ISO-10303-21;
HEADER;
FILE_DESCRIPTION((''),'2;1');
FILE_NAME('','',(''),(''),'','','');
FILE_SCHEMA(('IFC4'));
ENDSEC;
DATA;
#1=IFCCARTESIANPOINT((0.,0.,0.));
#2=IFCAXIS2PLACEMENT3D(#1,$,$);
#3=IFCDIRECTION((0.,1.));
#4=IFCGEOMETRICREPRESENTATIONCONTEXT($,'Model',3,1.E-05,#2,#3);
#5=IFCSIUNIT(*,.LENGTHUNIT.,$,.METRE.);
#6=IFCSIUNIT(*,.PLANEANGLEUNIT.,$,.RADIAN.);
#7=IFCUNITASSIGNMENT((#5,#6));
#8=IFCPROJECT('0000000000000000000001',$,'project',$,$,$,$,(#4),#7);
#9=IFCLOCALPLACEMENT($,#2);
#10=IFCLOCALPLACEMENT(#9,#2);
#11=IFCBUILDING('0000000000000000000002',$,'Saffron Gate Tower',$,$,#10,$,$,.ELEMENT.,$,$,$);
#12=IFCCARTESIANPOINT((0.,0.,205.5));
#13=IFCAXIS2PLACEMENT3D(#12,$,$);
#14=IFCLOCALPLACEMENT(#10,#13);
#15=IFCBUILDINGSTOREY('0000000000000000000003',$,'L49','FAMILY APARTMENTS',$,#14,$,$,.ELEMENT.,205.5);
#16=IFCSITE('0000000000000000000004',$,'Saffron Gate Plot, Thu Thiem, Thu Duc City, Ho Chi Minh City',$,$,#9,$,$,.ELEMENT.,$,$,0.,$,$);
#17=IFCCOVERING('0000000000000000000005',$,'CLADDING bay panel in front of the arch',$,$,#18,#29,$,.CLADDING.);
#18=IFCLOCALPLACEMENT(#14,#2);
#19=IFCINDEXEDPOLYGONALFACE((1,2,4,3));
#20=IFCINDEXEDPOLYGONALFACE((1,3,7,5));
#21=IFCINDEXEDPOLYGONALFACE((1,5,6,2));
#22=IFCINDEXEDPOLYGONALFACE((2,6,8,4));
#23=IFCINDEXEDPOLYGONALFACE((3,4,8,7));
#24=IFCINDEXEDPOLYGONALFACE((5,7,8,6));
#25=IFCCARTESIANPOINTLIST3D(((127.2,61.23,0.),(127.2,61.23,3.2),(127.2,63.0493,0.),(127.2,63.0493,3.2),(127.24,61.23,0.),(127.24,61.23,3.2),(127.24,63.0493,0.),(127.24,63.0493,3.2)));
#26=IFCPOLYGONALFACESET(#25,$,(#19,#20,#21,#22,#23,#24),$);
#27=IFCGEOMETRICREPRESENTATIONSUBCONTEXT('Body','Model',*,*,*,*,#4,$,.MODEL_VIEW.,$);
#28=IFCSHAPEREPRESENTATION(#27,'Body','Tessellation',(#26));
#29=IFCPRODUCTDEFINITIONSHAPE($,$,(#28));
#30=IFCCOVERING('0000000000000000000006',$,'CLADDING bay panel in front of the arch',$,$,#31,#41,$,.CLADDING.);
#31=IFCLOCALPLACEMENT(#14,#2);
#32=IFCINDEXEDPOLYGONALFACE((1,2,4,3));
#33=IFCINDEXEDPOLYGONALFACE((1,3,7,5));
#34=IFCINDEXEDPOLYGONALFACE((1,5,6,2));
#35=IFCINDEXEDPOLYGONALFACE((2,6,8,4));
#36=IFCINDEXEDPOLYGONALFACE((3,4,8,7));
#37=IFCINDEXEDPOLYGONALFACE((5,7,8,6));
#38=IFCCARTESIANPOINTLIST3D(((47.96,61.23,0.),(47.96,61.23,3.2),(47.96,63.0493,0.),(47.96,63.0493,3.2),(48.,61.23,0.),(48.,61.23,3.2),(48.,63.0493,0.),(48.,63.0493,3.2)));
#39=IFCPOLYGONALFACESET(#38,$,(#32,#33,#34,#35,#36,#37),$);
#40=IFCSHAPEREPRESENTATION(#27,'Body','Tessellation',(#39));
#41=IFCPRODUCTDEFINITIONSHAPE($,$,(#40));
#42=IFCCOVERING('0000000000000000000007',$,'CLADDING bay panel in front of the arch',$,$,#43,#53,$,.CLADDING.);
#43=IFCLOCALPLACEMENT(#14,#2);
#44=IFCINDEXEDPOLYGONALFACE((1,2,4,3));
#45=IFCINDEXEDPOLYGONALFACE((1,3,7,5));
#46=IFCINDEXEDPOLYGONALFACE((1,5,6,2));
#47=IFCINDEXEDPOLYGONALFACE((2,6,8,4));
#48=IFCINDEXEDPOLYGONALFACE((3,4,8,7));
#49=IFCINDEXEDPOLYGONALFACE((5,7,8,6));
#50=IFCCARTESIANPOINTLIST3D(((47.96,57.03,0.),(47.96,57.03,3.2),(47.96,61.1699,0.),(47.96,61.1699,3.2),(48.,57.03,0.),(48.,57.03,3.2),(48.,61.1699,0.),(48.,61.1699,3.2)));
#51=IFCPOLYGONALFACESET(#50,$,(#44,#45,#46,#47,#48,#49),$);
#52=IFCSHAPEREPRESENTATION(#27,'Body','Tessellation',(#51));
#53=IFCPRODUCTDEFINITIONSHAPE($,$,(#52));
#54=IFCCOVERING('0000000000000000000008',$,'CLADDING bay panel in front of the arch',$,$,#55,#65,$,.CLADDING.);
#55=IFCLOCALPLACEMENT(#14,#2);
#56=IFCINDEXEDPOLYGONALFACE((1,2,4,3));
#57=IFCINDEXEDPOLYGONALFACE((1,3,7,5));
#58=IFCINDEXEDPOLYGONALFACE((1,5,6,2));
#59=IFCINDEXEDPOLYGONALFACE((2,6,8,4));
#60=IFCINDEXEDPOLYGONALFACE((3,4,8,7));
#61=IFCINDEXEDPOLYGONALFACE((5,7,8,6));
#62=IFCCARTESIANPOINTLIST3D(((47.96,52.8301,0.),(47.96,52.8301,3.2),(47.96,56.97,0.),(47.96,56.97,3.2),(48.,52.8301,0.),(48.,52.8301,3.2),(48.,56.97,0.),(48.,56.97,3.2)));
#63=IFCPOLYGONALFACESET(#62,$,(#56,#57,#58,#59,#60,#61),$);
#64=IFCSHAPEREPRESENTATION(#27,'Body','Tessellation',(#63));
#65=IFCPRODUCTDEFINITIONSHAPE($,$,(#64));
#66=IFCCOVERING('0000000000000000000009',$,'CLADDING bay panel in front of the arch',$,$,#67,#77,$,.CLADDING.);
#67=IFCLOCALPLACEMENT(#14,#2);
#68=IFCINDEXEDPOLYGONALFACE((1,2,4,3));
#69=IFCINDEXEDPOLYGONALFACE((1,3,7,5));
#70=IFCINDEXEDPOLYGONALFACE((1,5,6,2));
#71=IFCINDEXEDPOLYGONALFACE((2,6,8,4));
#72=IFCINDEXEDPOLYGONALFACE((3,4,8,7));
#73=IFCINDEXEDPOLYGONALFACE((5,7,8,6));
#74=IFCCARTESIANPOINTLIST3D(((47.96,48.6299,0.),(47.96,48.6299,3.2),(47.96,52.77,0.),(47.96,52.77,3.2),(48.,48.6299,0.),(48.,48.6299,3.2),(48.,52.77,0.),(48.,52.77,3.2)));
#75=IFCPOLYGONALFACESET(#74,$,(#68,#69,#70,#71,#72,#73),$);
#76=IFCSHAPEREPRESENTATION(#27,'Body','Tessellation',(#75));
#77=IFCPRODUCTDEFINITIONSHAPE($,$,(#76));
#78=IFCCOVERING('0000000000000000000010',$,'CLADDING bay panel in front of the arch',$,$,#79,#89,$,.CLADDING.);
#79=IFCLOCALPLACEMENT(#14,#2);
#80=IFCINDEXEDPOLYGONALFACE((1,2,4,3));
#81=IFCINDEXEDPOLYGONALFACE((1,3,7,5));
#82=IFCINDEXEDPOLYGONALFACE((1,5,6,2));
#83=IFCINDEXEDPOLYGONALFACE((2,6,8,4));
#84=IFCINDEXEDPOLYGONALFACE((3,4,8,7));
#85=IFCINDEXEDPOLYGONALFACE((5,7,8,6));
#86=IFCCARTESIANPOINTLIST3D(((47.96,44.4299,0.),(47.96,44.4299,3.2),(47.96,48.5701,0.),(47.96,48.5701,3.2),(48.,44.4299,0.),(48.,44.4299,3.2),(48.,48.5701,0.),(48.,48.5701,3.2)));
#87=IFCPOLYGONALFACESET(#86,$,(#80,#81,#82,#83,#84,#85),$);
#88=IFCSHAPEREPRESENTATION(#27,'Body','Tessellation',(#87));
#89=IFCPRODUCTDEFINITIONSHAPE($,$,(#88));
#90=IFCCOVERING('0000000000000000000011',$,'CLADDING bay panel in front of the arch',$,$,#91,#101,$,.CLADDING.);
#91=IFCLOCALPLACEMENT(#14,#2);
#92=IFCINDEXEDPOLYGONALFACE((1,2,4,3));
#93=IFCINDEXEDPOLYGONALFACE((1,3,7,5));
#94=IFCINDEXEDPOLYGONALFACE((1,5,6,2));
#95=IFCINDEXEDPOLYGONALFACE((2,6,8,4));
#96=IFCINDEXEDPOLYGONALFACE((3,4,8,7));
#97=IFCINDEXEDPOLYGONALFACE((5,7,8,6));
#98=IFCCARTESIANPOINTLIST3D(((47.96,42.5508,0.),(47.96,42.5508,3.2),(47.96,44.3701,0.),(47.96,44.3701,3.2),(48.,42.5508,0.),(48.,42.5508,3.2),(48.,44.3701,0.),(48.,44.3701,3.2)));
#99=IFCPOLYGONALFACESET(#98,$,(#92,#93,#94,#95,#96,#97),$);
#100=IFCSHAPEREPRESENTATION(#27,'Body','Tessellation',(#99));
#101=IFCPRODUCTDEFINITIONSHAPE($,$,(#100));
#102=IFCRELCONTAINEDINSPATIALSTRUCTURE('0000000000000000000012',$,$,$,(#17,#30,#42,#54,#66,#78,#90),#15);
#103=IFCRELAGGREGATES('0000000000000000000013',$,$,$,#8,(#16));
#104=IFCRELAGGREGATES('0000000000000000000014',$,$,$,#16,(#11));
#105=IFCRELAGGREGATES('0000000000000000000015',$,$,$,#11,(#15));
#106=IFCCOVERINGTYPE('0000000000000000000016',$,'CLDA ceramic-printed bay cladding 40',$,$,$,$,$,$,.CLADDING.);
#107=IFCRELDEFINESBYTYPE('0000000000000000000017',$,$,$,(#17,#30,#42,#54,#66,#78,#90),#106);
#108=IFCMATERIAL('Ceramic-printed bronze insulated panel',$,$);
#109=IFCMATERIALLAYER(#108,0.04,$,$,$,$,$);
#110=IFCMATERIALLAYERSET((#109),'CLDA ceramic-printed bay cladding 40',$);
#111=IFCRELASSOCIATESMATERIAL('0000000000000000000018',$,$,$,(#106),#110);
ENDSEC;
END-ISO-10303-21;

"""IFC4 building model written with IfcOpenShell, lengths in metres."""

from ifc_helpers import new_model, si_unit, direction, frame, origin, place, context, subcontext, project, spatial, polyline, outline, extrude, material, layer, layer_set, type_object, element, save


model = new_model("IFC4")

# Units and contexts
model_context = context("Model", 3, precision=1e-05, world=origin(), true_north=direction((0.0, 1.0)))
body_context = subcontext(model_context, "Body", "Model", "MODEL_VIEW")
ifc_project = project(units=[si_unit("LENGTHUNIT", "METRE"), si_unit("PLANEANGLEUNIT", "RADIAN")], contexts=[model_context])

# Site, building, storey
site_placement = place(None, origin())
site = spatial("IfcSite", under=ifc_project, at=site_placement, Name="Saffron Gate Plot, Thu Thiem, Thu Duc City, Ho Chi Minh City", CompositionType="ELEMENT", RefElevation=0.0)
building_placement = place(site_placement, origin())
building = spatial("IfcBuilding", under=site, at=building_placement, Name="Saffron Gate Tower", CompositionType="ELEMENT")
storey_placement = place(building_placement, frame((0.0, 0.0, 205.5)))
storey = spatial("IfcBuildingStorey", under=building, at=storey_placement, Name="L49", Description="FAMILY APARTMENTS", CompositionType="ELEMENT", Elevation=205.5)

# Coverings
ifc_material_1 = material(Name="Ceramic-printed bronze insulated panel")
ifc_layer_1 = layer(ifc_material_1, 0.04)
ifc_layer_set_1 = layer_set([ifc_layer_1], Name="CLDA ceramic-printed bay cladding 40")
covering_type_1 = type_object("IfcCoveringType", Name="CLDA ceramic-printed bay cladding 40", PredefinedType="CLADDING", material=ifc_layer_set_1)
covering_1_placement = place(storey_placement, origin())
element("IfcCovering", 1, at=covering_1_placement, inside=storey, type_object=covering_type_1, Name="CLADDING bay panel in front of the arch", PredefinedType="CLADDING", context=body_context, shape_type="SweptSolid", body=[
    extrude(outline(polyline([(127.24, 61.23), (127.24, 63.0493), (127.2, 63.0493), (127.2, 61.23), (127.24, 61.23)])), origin(), (0.0, 0.0, 1.0), 3.2),
])
covering_2_placement = place(storey_placement, origin())
element("IfcCovering", 2, at=covering_2_placement, inside=storey, type_object=covering_type_1, Name="CLADDING bay panel in front of the arch", PredefinedType="CLADDING", context=body_context, shape_type="SweptSolid", body=[
    extrude(outline(polyline([(47.96, 63.0493), (47.96, 61.23), (48.0, 61.23), (48.0, 63.0493), (47.96, 63.0493)])), origin(), (0.0, 0.0, 1.0), 3.2),
])
covering_3_placement = place(storey_placement, origin())
element("IfcCovering", 3, at=covering_3_placement, inside=storey, type_object=covering_type_1, Name="CLADDING bay panel in front of the arch", PredefinedType="CLADDING", context=body_context, shape_type="SweptSolid", body=[
    extrude(outline(polyline([(47.96, 61.1699), (47.96, 57.03), (48.0, 57.03), (48.0, 61.1699), (47.96, 61.1699)])), origin(), (0.0, 0.0, 1.0), 3.2),
])
covering_4_placement = place(storey_placement, origin())
element("IfcCovering", 4, at=covering_4_placement, inside=storey, type_object=covering_type_1, Name="CLADDING bay panel in front of the arch", PredefinedType="CLADDING", context=body_context, shape_type="SweptSolid", body=[
    extrude(outline(polyline([(47.96, 56.97), (47.96, 52.8301), (48.0, 52.8301), (48.0, 56.97), (47.96, 56.97)])), origin(), (0.0, 0.0, 1.0), 3.2),
])
covering_5_placement = place(storey_placement, origin())
element("IfcCovering", 5, at=covering_5_placement, inside=storey, type_object=covering_type_1, Name="CLADDING bay panel in front of the arch", PredefinedType="CLADDING", context=body_context, shape_type="SweptSolid", body=[
    extrude(outline(polyline([(47.96, 52.77), (47.96, 48.6299), (48.0, 48.6299), (48.0, 52.77), (47.96, 52.77)])), origin(), (0.0, 0.0, 1.0), 3.2),
])
covering_6_placement = place(storey_placement, origin())
element("IfcCovering", 6, at=covering_6_placement, inside=storey, type_object=covering_type_1, Name="CLADDING bay panel in front of the arch", PredefinedType="CLADDING", context=body_context, shape_type="SweptSolid", body=[
    extrude(outline(polyline([(47.96, 48.5701), (47.96, 44.4299), (48.0, 44.4299), (48.0, 48.5701), (47.96, 48.5701)])), origin(), (0.0, 0.0, 1.0), 3.2),
])
covering_7_placement = place(storey_placement, origin())
element("IfcCovering", 7, at=covering_7_placement, inside=storey, type_object=covering_type_1, Name="CLADDING bay panel in front of the arch", PredefinedType="CLADDING", context=body_context, shape_type="SweptSolid", body=[
    extrude(outline(polyline([(47.96, 44.3701), (47.96, 42.5508), (48.0, 42.5508), (48.0, 44.3701), (47.96, 44.3701)])), origin(), (0.0, 0.0, 1.0), 3.2),
])

save(model, "model.ifc")
